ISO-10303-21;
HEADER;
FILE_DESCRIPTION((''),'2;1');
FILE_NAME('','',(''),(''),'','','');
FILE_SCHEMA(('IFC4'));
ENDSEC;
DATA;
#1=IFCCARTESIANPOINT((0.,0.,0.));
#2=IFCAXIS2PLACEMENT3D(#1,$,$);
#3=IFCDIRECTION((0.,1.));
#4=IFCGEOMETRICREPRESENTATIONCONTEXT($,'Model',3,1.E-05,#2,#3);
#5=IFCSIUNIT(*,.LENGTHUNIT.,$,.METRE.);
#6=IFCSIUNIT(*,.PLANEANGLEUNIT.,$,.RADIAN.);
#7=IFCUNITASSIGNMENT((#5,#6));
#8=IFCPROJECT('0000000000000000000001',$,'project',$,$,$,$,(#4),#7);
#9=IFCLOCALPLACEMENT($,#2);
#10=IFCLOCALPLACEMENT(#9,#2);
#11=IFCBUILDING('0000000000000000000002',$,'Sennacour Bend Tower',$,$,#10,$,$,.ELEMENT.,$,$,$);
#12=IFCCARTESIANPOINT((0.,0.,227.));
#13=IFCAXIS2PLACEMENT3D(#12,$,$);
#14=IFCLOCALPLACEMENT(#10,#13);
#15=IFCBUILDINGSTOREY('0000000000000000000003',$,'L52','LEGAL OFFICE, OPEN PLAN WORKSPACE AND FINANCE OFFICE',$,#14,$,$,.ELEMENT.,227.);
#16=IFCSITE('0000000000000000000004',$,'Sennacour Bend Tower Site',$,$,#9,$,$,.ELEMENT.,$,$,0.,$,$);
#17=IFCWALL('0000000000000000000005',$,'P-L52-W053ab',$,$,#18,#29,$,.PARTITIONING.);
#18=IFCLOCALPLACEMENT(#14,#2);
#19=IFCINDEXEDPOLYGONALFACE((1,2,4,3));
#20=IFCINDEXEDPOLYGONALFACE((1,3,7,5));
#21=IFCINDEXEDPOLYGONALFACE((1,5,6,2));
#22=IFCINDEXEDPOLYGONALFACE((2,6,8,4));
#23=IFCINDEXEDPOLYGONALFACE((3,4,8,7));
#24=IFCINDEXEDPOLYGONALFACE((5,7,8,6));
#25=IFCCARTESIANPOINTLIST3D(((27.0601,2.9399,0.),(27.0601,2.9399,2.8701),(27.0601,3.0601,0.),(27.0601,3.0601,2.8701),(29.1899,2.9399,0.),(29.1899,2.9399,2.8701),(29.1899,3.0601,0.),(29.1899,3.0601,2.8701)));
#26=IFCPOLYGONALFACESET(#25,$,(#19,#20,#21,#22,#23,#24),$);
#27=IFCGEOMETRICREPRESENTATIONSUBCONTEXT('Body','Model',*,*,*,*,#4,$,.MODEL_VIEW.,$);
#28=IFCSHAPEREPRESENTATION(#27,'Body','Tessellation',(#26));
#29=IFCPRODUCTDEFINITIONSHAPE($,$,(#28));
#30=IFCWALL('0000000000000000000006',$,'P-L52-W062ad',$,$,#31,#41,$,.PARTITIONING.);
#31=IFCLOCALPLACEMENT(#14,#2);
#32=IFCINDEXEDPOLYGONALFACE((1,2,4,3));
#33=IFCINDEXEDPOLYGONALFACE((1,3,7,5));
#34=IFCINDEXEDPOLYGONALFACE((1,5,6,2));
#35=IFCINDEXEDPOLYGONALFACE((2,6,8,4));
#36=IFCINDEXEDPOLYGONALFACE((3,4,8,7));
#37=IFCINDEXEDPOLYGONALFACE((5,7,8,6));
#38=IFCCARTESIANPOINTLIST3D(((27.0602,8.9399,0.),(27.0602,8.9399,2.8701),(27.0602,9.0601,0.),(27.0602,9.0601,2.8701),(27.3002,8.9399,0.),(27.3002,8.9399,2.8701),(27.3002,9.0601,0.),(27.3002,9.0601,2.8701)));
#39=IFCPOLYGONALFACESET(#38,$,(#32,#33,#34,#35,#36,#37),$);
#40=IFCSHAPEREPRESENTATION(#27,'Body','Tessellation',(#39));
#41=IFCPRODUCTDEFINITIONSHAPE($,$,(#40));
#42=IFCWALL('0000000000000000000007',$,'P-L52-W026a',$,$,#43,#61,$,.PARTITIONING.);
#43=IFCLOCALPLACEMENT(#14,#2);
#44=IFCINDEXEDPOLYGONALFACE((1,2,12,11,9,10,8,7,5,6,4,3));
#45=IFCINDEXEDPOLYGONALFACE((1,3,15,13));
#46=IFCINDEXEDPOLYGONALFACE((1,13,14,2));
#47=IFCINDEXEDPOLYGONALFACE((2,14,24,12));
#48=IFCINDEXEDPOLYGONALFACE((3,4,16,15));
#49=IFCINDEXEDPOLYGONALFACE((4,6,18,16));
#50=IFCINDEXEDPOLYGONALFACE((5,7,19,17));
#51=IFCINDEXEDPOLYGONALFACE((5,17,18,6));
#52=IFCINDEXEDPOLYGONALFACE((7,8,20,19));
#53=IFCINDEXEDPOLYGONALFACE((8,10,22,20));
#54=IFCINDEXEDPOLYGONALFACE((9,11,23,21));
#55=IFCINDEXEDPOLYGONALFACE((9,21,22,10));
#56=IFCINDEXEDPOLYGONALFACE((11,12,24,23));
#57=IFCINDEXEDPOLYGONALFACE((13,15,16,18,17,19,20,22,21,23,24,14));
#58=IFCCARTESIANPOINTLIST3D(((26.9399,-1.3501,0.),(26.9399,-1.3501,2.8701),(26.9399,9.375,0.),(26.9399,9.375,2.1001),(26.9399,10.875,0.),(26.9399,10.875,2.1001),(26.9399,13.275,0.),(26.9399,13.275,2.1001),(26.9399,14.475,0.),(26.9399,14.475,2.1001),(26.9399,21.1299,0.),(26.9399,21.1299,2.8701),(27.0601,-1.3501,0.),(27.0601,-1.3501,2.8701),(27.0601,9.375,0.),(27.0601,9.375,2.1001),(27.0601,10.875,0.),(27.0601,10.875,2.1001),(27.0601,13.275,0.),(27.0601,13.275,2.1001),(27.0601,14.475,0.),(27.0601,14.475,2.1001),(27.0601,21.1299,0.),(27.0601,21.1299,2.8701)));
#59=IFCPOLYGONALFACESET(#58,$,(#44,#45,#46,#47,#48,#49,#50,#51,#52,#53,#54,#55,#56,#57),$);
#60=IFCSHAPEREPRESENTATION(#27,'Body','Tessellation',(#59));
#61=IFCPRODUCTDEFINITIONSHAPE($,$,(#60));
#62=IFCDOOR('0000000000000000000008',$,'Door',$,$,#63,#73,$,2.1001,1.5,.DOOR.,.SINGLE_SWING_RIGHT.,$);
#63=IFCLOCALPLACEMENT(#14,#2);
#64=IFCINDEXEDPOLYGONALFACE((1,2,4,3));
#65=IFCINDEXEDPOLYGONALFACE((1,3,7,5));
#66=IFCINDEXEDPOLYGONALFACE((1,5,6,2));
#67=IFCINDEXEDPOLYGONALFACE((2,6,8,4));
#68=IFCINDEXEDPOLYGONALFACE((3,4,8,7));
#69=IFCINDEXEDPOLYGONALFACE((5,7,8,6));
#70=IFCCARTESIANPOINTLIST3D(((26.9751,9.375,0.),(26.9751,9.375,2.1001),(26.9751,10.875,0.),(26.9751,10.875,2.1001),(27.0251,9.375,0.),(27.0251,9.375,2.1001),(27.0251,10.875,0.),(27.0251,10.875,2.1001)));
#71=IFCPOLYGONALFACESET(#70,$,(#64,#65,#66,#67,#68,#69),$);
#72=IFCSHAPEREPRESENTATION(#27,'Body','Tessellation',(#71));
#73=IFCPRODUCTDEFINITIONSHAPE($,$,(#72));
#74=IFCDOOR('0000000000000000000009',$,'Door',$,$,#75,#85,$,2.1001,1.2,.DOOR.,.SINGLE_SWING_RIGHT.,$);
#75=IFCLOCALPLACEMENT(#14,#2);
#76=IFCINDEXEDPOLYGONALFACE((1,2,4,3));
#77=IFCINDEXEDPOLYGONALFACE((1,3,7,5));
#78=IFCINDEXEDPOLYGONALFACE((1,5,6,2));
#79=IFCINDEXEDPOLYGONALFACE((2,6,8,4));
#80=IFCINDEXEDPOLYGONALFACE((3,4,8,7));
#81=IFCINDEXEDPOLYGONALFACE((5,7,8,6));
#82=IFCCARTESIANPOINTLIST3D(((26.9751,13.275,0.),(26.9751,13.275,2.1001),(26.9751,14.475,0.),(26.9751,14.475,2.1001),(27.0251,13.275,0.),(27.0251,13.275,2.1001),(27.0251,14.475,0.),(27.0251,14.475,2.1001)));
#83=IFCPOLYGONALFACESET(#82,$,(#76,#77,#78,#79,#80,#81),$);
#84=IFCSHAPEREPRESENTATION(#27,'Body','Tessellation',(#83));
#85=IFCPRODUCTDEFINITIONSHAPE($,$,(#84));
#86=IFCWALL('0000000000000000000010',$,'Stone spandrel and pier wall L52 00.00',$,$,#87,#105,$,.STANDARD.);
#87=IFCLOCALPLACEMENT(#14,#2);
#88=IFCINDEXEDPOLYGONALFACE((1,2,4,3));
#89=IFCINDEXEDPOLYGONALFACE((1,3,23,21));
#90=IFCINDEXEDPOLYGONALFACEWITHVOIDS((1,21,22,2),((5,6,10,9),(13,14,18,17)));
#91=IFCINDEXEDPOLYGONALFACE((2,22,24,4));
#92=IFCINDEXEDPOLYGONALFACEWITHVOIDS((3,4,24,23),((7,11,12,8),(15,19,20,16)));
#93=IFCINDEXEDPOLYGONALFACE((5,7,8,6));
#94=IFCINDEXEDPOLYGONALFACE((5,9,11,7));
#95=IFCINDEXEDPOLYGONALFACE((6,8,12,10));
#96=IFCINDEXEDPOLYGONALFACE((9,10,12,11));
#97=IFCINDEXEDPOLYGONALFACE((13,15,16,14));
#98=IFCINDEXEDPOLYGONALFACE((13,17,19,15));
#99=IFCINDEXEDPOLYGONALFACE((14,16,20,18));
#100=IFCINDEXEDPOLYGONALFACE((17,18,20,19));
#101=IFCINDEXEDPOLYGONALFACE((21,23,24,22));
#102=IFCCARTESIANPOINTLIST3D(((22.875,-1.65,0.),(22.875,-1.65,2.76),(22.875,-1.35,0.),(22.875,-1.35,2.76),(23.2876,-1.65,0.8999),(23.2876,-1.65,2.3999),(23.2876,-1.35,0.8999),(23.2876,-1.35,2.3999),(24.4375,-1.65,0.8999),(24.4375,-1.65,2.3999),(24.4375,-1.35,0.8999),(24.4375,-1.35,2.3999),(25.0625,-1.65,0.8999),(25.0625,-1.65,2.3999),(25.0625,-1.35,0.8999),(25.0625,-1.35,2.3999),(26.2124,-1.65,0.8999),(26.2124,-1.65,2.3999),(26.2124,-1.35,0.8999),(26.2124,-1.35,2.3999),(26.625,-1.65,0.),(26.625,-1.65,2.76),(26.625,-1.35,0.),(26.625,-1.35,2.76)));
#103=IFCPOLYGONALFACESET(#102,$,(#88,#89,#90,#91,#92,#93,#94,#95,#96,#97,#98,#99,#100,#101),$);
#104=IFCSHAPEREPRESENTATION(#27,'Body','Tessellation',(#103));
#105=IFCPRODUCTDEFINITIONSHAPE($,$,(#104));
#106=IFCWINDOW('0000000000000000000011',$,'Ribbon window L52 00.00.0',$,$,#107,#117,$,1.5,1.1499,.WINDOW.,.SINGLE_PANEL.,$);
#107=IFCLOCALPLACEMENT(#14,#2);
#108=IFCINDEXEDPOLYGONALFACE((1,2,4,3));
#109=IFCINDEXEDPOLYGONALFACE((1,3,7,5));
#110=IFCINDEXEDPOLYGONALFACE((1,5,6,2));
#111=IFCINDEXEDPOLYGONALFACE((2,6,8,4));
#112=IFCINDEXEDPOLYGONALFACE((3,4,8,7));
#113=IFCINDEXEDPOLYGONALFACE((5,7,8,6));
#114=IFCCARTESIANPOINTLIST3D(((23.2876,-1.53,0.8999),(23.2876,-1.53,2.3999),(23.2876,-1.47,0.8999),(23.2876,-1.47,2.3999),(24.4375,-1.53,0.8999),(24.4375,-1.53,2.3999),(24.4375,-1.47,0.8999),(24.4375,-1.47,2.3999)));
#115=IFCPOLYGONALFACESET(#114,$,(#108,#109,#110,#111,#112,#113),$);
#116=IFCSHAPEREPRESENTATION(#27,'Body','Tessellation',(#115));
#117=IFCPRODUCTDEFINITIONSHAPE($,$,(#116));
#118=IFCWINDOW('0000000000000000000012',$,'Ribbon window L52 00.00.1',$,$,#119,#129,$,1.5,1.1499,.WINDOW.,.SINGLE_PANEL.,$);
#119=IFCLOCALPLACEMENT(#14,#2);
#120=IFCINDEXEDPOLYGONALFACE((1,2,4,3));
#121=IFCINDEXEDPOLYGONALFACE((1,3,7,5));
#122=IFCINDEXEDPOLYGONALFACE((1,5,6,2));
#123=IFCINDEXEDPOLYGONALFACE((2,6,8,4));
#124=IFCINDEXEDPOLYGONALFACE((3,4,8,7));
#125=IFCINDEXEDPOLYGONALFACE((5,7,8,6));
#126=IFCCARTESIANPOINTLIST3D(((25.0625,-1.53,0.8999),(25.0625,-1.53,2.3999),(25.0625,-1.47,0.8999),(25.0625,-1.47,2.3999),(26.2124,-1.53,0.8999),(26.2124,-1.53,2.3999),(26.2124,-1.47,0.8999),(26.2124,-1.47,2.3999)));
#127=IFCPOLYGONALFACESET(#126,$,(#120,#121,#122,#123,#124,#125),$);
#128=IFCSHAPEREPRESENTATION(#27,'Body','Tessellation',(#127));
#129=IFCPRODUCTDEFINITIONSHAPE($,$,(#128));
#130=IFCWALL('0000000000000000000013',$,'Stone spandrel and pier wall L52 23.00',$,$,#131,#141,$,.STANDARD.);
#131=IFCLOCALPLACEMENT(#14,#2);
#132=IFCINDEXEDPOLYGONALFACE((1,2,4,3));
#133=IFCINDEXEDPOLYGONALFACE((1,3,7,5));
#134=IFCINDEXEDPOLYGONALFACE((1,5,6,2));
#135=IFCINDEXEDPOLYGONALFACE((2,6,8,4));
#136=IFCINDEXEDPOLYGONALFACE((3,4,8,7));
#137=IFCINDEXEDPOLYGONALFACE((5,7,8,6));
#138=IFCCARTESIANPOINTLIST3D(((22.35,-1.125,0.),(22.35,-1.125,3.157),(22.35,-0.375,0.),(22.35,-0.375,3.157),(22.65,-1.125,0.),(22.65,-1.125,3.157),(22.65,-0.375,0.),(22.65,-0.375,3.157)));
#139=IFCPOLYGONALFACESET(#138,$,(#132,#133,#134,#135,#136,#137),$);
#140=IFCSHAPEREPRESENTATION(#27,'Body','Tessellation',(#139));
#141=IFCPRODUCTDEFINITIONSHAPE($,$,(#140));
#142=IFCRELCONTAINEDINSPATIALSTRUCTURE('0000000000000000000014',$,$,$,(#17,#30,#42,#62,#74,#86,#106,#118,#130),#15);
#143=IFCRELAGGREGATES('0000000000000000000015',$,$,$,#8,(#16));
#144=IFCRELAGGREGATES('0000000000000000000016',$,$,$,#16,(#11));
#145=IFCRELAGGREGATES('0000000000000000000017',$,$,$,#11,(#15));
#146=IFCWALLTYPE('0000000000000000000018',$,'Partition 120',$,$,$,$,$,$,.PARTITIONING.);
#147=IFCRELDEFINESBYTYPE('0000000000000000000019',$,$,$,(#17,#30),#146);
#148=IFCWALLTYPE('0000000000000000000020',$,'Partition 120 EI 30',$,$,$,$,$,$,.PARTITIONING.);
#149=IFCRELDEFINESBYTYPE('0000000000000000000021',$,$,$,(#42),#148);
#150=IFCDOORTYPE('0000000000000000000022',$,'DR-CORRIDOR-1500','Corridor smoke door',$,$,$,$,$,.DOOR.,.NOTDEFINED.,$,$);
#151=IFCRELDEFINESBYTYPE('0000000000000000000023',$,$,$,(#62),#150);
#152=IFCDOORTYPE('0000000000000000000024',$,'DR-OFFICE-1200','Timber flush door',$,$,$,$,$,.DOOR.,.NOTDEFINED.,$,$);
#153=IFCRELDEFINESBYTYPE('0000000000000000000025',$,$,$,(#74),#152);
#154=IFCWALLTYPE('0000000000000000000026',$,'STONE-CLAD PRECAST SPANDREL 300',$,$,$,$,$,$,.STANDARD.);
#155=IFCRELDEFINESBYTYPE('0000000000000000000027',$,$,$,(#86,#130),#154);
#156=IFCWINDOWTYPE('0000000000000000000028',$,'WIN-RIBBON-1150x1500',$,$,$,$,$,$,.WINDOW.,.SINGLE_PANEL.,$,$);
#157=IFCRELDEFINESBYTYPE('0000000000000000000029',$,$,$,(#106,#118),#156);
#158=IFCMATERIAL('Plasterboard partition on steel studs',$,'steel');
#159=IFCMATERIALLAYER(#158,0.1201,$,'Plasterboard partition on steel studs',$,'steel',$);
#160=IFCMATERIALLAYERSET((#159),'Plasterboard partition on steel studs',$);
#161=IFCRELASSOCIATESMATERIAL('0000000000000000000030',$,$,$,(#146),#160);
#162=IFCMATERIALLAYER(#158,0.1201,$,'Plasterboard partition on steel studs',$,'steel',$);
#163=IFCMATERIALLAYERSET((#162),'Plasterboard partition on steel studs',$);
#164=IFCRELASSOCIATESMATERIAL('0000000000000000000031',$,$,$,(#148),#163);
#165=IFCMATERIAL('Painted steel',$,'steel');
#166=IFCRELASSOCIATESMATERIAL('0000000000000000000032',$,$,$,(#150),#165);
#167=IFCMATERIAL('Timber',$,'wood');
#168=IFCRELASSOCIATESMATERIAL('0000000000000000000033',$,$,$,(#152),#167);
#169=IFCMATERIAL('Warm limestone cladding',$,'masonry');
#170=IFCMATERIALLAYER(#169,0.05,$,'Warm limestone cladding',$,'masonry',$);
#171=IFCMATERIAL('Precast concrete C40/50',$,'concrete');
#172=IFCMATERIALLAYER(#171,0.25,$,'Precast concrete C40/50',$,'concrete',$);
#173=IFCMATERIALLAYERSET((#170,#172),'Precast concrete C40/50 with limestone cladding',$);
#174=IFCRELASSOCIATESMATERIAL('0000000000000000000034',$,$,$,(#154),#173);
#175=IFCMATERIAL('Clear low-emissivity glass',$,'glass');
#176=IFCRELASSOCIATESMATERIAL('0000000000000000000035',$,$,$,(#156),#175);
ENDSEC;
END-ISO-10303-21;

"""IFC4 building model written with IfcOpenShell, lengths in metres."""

from ifc_helpers import new_model, si_unit, direction, frame, frame_2d, origin, place, context, subcontext, project, spatial, rectangle, extrude, material, layer, layer_set, type_object, element, fill, save


model = new_model("IFC4")

# Units and contexts
model_context = context("Model", 3, precision=1e-05, world=origin(), true_north=direction((0.0, 1.0)))
body_context = subcontext(model_context, "Body", "Model", "MODEL_VIEW")
ifc_project = project(units=[si_unit("LENGTHUNIT", "METRE"), si_unit("PLANEANGLEUNIT", "RADIAN")], contexts=[model_context])

# Site, building, storey
site_placement = place(None, origin())
site = spatial("IfcSite", under=ifc_project, at=site_placement, Name="Sennacour Bend Tower Site", CompositionType="ELEMENT", RefElevation=0.0)
building_placement = place(site_placement, origin())
building = spatial("IfcBuilding", under=site, at=building_placement, Name="Sennacour Bend Tower", CompositionType="ELEMENT")
storey_placement = place(building_placement, frame((0.0, 0.0, 227.0)))
storey = spatial("IfcBuildingStorey", under=building, at=storey_placement, Name="L52", Description="LEGAL OFFICE, OPEN PLAN WORKSPACE AND FINANCE OFFICE", CompositionType="ELEMENT", Elevation=227.0)

# Walls
ifc_material_1 = material(Name="Plasterboard partition on steel studs", Category="steel")
ifc_layer_1 = layer(ifc_material_1, 0.1201, Name="Plasterboard partition on steel studs", Category="steel")
ifc_layer_set_1 = layer_set([ifc_layer_1], Name="Plasterboard partition on steel studs")
wall_type_1 = type_object("IfcWallType", Name="Partition 120", PredefinedType="PARTITIONING", material=ifc_layer_set_1)
wall_1_placement = place(storey_placement, frame((27.0601, 3.0, 0.0), z_axis=(0.0, 0.0, 1.0), x_axis=(1.0, 0.0, 0.0)))
element("IfcWall", 1, at=wall_1_placement, inside=storey, type_object=wall_type_1, Name="P-L52-W053ab", PredefinedType="PARTITIONING", context=body_context, shape_type="SweptSolid", body=[
    extrude(rectangle(XDim=2.1299, YDim=0.1201, at=frame_2d((1.0649, 0.0))), origin(), (0.0, 0.0, 1.0), 2.8701),
])
wall_2_placement = place(storey_placement, frame((27.0601, 9.0, 0.0), z_axis=(0.0, 0.0, 1.0), x_axis=(1.0, 0.0, 0.0)))
element("IfcWall", 2, at=wall_2_placement, inside=storey, type_object=wall_type_1, Name="P-L52-W062ad", PredefinedType="PARTITIONING", context=body_context, shape_type="SweptSolid", body=[
    extrude(rectangle(XDim=0.24, YDim=0.1201, at=frame_2d((0.1201, 0.0))), origin(), (0.0, 0.0, 1.0), 2.8701),
])

# Wall, openings, doors
ifc_layer_2 = layer(ifc_material_1, 0.1201, Name="Plasterboard partition on steel studs", Category="steel")
ifc_layer_set_2 = layer_set([ifc_layer_2], Name="Plasterboard partition on steel studs")
wall_type_2 = type_object("IfcWallType", Name="Partition 120 EI 30", PredefinedType="PARTITIONING", material=ifc_layer_set_2)
wall_3_placement = place(storey_placement, frame((27.0, -1.3501, 0.0), z_axis=(0.0, 0.0, 1.0), x_axis=(0.0, 1.0, 0.0)))
wall_3 = element("IfcWall", 3, at=wall_3_placement, inside=storey, type_object=wall_type_2, Name="P-L52-W026a", PredefinedType="PARTITIONING", context=body_context, shape_type="SweptSolid", body=[
    extrude(rectangle(XDim=22.48, YDim=0.1201, at=frame_2d((11.24, 0.0))), origin(), (0.0, 0.0, 1.0), 2.8701),
])
opening_1_placement = place(wall_3_placement, frame((10.7251, 0.0, 0.0)))
opening_1 = element("IfcOpeningElement", 4, at=opening_1_placement, cuts=wall_3, PredefinedType="OPENING", context=body_context, shape_type="SweptSolid", body=[
    extrude(rectangle(XDim=1.5, YDim=2.1001, at=frame_2d((0.75, 1.05))), frame((0.0, 0.0701, 0.0), z_axis=(0.0, -1.0, 0.0), x_axis=(1.0, 0.0, 0.0)), (0.0, 0.0, 1.0), 0.1401),
])
opening_2_placement = place(wall_3_placement, frame((14.625, 0.0, 0.0)))
opening_2 = element("IfcOpeningElement", 5, at=opening_2_placement, cuts=wall_3, PredefinedType="OPENING", context=body_context, shape_type="SweptSolid", body=[
    extrude(rectangle(XDim=1.2, YDim=2.1001, at=frame_2d((0.6001, 1.05))), frame((0.0, 0.0701, 0.0), z_axis=(0.0, -1.0, 0.0), x_axis=(1.0, 0.0, 0.0)), (0.0, 0.0, 1.0), 0.1401),
])
ifc_material_2 = material(Name="Painted steel", Category="steel")
door_type_1 = type_object("IfcDoorType", Name="DR-CORRIDOR-1500", Description="Corridor smoke door", OperationType="NOTDEFINED", PredefinedType="DOOR", material=ifc_material_2)
door_1_placement = place(opening_1_placement, origin())
door_1 = element("IfcDoor", 6, at=door_1_placement, inside=storey, type_object=door_type_1, Name="Door", OperationType="SINGLE_SWING_RIGHT", OverallHeight=2.1001, OverallWidth=1.5, PredefinedType="DOOR", context=body_context, shape_type="SweptSolid", body=[
    extrude(rectangle(XDim=1.5, YDim=2.1001, at=frame_2d((0.75, 1.05))), frame((0.0, 0.0249, 0.0), z_axis=(0.0, -1.0, 0.0), x_axis=(1.0, 0.0, 0.0)), (0.0, 0.0, 1.0), 0.05),
])
fill(opening_1, door_1)
ifc_material_3 = material(Name="Timber", Category="wood")
door_type_2 = type_object("IfcDoorType", Name="DR-OFFICE-1200", Description="Timber flush door", OperationType="NOTDEFINED", PredefinedType="DOOR", material=ifc_material_3)
door_2_placement = place(opening_2_placement, origin())
door_2 = element("IfcDoor", 7, at=door_2_placement, inside=storey, type_object=door_type_2, Name="Door", OperationType="SINGLE_SWING_RIGHT", OverallHeight=2.1001, OverallWidth=1.2, PredefinedType="DOOR", context=body_context, shape_type="SweptSolid", body=[
    extrude(rectangle(XDim=1.2, YDim=2.1001, at=frame_2d((0.6001, 1.05))), frame((0.0, 0.0249, 0.0), z_axis=(0.0, -1.0, 0.0), x_axis=(1.0, 0.0, 0.0)), (0.0, 0.0, 1.0), 0.05),
])
fill(opening_2, door_2)

# Wall, openings, windows
ifc_material_4 = material(Name="Warm limestone cladding", Category="masonry")
ifc_layer_3 = layer(ifc_material_4, 0.05, Name="Warm limestone cladding", Category="masonry")
ifc_material_5 = material(Name="Precast concrete C40/50", Category="concrete")
ifc_layer_4 = layer(ifc_material_5, 0.25, Name="Precast concrete C40/50", Category="concrete")
ifc_layer_set_3 = layer_set([ifc_layer_3, ifc_layer_4], Name="Precast concrete C40/50 with limestone cladding")
wall_type_3 = type_object("IfcWallType", Name="STONE-CLAD PRECAST SPANDREL 300", PredefinedType="STANDARD", material=ifc_layer_set_3)
wall_4_placement = place(storey_placement, frame((22.875, -1.5, 0.0), z_axis=(0.0, 0.0, 1.0), x_axis=(1.0, 0.0, 0.0)))
wall_4 = element("IfcWall", 8, at=wall_4_placement, inside=storey, type_object=wall_type_3, Name="Stone spandrel and pier wall L52 00.00", PredefinedType="STANDARD", context=body_context, shape_type="SweptSolid", body=[
    extrude(rectangle(XDim=3.75, YDim=0.3, at=frame_2d((1.875, 0.0))), origin(), (0.0, 0.0, 1.0), 2.76),
])
opening_3_placement = place(wall_4_placement, frame((0.4126, 0.0, 0.8999)))
opening_3 = element("IfcOpeningElement", 9, at=opening_3_placement, cuts=wall_4, PredefinedType="OPENING", context=body_context, shape_type="SweptSolid", body=[
    extrude(rectangle(XDim=1.1499, YDim=1.5, at=frame_2d((0.575, 0.75))), frame((0.0, 0.1602, 0.0), z_axis=(0.0, -1.0, 0.0), x_axis=(1.0, 0.0, 0.0)), (0.0, 0.0, 1.0), 0.3201),
])
opening_4_placement = place(wall_4_placement, frame((2.1875, 0.0, 0.8999)))
opening_4 = element("IfcOpeningElement", 10, at=opening_4_placement, cuts=wall_4, PredefinedType="OPENING", context=body_context, shape_type="SweptSolid", body=[
    extrude(rectangle(XDim=1.1499, YDim=1.5, at=frame_2d((0.575, 0.75))), frame((0.0, 0.1602, 0.0), z_axis=(0.0, -1.0, 0.0), x_axis=(1.0, 0.0, 0.0)), (0.0, 0.0, 1.0), 0.3201),
])
ifc_material_6 = material(Name="Clear low-emissivity glass", Category="glass")
window_type = type_object("IfcWindowType", Name="WIN-RIBBON-1150x1500", PartitioningType="SINGLE_PANEL", PredefinedType="WINDOW", material=ifc_material_6)
window_1_placement = place(opening_3_placement, origin())
window_1 = element("IfcWindow", 11, at=window_1_placement, inside=storey, type_object=window_type, Name="Ribbon window L52 00.00.0", OverallHeight=1.5, OverallWidth=1.1499, PartitioningType="SINGLE_PANEL", PredefinedType="WINDOW", context=body_context, shape_type="SweptSolid", body=[
    extrude(rectangle(XDim=1.1499, YDim=1.5, at=frame_2d((0.575, 0.75))), frame((0.0, 0.03, 0.0), z_axis=(0.0, -1.0, 0.0), x_axis=(1.0, 0.0, 0.0)), (0.0, 0.0, 1.0), 0.0601),
])
fill(opening_3, window_1)
window_2_placement = place(opening_4_placement, origin())
window_2 = element("IfcWindow", 12, at=window_2_placement, inside=storey, type_object=window_type, Name="Ribbon window L52 00.00.1", OverallHeight=1.5, OverallWidth=1.1499, PartitioningType="SINGLE_PANEL", PredefinedType="WINDOW", context=body_context, shape_type="SweptSolid", body=[
    extrude(rectangle(XDim=1.1499, YDim=1.5, at=frame_2d((0.575, 0.75))), frame((0.0, 0.03, 0.0), z_axis=(0.0, -1.0, 0.0), x_axis=(1.0, 0.0, 0.0)), (0.0, 0.0, 1.0), 0.0601),
])
fill(opening_4, window_2)

# Wall
wall_5_placement = place(storey_placement, frame((22.5, -0.375, 0.0), z_axis=(0.0, 0.0, 1.0), x_axis=(0.0, -1.0, 0.0)))
element("IfcWall", 13, at=wall_5_placement, inside=storey, type_object=wall_type_3, Name="Stone spandrel and pier wall L52 23.00", PredefinedType="STANDARD", context=body_context, shape_type="SweptSolid", body=[
    extrude(rectangle(XDim=0.75, YDim=0.3, at=frame_2d((0.375, 0.0))), origin(), (0.0, 0.0, 1.0), 3.157),
])

save(model, "model.ifc")
